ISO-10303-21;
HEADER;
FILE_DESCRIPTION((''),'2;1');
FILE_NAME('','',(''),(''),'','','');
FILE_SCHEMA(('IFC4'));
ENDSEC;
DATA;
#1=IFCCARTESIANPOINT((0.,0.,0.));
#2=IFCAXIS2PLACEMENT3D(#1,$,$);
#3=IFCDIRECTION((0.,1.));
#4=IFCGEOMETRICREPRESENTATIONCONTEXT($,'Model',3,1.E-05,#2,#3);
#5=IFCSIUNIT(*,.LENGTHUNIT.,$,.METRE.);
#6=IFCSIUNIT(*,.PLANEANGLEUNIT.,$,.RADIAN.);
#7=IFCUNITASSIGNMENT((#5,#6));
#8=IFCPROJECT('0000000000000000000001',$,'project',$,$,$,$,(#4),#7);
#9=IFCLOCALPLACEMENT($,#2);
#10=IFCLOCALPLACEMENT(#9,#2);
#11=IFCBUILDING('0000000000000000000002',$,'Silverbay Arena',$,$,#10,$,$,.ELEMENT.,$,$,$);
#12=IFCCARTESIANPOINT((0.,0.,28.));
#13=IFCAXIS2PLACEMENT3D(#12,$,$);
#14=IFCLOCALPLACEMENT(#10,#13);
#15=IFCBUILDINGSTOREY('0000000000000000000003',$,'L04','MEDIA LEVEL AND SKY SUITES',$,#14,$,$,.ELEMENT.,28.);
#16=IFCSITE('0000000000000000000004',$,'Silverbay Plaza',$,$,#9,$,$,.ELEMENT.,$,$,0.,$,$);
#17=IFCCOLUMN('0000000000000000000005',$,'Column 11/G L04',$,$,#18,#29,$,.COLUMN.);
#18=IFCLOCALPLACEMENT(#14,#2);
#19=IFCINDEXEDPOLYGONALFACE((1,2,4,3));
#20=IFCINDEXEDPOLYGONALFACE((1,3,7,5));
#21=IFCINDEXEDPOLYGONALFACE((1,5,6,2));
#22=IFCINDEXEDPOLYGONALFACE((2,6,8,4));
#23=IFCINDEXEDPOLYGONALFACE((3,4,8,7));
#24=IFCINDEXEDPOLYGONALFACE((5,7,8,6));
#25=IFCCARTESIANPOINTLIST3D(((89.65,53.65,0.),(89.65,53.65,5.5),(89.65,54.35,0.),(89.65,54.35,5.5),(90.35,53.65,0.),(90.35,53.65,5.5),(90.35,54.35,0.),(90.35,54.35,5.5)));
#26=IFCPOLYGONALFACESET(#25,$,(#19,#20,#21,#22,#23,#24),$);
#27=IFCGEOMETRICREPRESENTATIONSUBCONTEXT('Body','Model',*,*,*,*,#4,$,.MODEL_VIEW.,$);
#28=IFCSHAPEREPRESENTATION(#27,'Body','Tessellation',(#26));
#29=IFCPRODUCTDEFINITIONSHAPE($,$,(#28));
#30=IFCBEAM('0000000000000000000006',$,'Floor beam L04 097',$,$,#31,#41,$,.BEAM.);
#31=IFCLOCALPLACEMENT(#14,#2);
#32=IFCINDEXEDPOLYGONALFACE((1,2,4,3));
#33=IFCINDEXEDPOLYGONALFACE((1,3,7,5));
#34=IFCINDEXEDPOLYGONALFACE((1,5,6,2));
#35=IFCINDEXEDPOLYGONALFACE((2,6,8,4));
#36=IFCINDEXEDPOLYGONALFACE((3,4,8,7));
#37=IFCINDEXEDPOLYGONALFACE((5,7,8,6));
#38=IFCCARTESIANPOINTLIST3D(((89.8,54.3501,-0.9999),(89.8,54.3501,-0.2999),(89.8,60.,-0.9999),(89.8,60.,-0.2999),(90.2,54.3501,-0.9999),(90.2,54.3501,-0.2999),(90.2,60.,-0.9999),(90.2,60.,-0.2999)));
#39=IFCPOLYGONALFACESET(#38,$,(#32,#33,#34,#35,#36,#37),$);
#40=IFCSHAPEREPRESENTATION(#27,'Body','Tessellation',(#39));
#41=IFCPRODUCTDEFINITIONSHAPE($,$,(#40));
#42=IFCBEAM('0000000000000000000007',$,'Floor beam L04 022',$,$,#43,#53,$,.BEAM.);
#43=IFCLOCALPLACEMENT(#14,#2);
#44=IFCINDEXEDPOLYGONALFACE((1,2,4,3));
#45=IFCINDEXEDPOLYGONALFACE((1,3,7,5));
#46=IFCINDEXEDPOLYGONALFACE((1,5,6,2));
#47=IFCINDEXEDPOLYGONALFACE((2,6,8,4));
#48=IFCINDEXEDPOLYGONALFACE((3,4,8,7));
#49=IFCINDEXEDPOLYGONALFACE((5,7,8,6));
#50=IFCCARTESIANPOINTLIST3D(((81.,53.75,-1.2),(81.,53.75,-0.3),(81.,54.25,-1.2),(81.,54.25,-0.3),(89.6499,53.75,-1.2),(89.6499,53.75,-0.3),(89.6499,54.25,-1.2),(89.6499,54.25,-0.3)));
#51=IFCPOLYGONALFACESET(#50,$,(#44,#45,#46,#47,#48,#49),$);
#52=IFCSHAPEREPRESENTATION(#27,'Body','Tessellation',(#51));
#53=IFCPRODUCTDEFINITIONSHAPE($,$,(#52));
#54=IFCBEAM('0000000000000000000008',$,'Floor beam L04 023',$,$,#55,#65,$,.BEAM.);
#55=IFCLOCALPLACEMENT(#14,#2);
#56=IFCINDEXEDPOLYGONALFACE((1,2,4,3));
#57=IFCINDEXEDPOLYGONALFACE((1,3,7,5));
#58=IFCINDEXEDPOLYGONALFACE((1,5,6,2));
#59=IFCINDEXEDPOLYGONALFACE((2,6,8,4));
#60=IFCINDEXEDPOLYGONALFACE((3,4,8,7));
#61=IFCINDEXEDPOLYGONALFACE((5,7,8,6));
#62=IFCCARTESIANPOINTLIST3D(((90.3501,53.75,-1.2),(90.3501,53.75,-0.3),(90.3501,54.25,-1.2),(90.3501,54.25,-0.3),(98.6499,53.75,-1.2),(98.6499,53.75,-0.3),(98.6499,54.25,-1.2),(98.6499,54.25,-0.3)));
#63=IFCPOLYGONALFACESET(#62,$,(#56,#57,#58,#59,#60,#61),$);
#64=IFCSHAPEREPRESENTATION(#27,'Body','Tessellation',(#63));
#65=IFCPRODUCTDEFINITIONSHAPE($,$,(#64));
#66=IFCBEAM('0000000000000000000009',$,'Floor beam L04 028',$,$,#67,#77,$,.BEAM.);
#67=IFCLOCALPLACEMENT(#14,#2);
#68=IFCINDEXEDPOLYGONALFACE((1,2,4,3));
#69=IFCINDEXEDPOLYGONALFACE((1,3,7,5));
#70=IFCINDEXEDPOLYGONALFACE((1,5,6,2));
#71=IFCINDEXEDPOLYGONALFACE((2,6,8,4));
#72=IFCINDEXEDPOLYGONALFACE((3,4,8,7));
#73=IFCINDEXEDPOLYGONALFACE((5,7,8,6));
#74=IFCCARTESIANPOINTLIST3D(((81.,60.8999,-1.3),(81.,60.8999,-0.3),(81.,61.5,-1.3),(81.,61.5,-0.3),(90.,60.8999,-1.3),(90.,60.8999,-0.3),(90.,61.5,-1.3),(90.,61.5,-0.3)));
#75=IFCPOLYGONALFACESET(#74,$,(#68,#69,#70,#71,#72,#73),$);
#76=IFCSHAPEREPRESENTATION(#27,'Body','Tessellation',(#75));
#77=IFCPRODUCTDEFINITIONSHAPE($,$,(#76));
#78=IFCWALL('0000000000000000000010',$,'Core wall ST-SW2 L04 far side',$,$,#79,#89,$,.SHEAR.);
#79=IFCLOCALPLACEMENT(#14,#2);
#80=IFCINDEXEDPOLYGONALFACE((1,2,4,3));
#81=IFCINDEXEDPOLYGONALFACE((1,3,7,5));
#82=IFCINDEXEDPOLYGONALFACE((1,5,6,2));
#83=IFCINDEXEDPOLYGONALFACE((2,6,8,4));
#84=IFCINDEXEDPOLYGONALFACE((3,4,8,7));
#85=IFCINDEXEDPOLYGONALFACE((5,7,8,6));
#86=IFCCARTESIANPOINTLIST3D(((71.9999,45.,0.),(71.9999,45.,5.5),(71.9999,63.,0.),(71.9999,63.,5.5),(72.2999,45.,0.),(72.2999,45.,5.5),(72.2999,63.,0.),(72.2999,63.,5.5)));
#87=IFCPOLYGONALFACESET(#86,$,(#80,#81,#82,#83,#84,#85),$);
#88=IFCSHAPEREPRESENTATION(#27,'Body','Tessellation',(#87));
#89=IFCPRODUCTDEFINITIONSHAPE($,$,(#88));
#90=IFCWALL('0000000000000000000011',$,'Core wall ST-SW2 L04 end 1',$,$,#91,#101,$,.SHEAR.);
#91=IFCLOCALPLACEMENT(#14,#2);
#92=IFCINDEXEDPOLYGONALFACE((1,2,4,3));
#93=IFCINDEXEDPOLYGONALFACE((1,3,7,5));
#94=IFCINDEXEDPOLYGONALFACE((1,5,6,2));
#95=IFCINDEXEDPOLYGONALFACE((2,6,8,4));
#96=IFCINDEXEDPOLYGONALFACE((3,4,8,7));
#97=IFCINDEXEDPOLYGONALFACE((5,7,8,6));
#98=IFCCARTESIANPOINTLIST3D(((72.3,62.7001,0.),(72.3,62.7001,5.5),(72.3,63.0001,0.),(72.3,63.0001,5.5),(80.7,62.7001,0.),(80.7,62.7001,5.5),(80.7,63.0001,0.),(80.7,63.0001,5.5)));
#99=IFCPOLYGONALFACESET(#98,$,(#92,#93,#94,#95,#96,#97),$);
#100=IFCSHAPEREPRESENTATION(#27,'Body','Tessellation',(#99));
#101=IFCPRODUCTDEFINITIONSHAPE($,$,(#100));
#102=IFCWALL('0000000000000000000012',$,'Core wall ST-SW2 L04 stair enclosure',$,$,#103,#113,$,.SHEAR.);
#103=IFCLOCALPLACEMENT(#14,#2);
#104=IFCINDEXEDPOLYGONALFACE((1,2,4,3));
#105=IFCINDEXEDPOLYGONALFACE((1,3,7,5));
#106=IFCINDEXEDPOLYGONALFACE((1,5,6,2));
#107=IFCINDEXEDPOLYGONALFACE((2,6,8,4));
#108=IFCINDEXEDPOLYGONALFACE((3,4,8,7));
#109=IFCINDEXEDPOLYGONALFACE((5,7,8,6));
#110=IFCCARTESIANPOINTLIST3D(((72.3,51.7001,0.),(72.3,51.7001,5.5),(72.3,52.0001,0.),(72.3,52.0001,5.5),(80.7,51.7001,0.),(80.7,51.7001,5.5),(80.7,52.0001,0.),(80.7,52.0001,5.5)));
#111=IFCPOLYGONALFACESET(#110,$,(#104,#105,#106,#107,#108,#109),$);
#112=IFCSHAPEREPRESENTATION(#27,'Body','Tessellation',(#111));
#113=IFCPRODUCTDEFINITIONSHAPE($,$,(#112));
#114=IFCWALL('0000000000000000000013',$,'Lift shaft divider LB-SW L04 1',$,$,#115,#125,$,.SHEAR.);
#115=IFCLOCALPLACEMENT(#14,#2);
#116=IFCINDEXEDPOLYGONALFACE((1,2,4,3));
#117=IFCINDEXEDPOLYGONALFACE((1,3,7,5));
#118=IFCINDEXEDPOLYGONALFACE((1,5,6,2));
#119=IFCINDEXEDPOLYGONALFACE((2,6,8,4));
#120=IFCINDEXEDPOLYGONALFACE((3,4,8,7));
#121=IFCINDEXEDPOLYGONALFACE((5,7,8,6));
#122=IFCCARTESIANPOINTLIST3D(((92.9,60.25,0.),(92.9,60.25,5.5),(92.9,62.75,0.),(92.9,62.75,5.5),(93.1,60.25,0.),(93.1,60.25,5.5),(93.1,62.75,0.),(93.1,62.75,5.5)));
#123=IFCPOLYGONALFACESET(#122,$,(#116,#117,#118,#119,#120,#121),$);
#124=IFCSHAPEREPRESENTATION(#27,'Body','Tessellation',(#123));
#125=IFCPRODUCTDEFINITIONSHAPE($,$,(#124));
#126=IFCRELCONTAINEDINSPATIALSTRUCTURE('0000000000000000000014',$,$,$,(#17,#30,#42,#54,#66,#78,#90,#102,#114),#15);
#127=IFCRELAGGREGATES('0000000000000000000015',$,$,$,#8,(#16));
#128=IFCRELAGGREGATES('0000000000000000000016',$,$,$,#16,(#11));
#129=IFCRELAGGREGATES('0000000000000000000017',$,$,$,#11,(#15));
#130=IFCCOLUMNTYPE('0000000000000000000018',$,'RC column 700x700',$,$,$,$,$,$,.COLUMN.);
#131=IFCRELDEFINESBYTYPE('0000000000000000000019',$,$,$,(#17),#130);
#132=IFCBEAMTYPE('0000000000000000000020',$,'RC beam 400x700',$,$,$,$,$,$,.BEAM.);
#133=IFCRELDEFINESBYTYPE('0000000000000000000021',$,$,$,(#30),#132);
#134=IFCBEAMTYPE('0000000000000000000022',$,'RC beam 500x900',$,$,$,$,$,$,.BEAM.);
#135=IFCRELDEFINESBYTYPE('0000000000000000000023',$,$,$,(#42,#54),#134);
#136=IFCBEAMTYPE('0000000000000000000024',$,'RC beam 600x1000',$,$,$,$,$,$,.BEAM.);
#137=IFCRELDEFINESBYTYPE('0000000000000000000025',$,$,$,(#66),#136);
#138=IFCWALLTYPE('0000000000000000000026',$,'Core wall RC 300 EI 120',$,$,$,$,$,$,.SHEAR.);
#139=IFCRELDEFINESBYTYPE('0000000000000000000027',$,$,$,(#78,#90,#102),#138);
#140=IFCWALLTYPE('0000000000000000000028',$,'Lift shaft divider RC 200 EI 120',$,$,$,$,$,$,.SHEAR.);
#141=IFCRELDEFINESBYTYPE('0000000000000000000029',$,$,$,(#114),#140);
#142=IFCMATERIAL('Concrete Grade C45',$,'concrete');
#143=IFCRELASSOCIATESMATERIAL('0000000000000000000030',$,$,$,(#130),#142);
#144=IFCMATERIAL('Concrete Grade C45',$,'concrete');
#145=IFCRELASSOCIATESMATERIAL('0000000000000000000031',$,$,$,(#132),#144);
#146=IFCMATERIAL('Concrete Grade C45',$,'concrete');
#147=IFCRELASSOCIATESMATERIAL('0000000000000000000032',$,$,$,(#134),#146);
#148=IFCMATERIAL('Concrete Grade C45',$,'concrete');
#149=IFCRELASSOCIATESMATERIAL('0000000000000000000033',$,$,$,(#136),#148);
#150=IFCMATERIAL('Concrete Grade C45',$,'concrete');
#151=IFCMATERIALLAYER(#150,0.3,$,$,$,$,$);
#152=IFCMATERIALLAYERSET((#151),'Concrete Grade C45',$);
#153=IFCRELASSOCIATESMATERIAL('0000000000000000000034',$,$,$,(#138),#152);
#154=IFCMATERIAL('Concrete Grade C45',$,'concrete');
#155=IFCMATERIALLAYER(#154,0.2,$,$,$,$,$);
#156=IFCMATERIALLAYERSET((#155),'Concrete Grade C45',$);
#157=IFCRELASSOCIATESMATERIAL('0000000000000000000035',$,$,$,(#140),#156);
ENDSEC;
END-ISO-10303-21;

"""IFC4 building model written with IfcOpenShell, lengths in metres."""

from ifc_helpers import new_model, si_unit, direction, frame, frame_2d, origin, origin_2d, place, context, subcontext, project, spatial, rectangle, extrude, material, layer, layer_set, material_profile, profile_set, type_object, element, save


model = new_model("IFC4")

# Units and contexts
model_context = context("Model", 3, precision=1e-05, world=origin(), true_north=direction((0.0, 1.0)))
body_context = subcontext(model_context, "Body", "Model", "MODEL_VIEW")
ifc_project = project(units=[si_unit("LENGTHUNIT", "METRE"), si_unit("PLANEANGLEUNIT", "RADIAN")], contexts=[model_context])

# Site, building, storey
site_placement = place(None, origin())
site = spatial("IfcSite", under=ifc_project, at=site_placement, Name="Silverbay Plaza", CompositionType="ELEMENT", RefElevation=0.0)
building_placement = place(site_placement, origin())
building = spatial("IfcBuilding", under=site, at=building_placement, Name="Silverbay Arena", CompositionType="ELEMENT")
storey_placement = place(building_placement, frame((0.0, 0.0, 28.0)))
storey = spatial("IfcBuildingStorey", under=building, at=storey_placement, Name="L04", Description="MEDIA LEVEL AND SKY SUITES", CompositionType="ELEMENT", Elevation=28.0)

# Column
ifc_material_1 = material(Name="Concrete Grade C45", Category="concrete")
ifc_material_profile_1 = material_profile(ifc_material_1, rectangle(XDim=0.7, YDim=0.7, at=origin_2d()), Name="RC 700x700")
ifc_profile_set_1 = profile_set([ifc_material_profile_1], Name="Concrete Grade C45")
column_type = type_object("IfcColumnType", Name="RC column 700x700", PredefinedType="COLUMN", material=ifc_profile_set_1)
column_placement = place(storey_placement, frame((90.0, 54.0, 0.0), z_axis=(0.0, 0.0, 1.0), x_axis=(1.0, 0.0, 0.0)))
element("IfcColumn", 1, at=column_placement, inside=storey, type_object=column_type, Name="Column 11/G L04", PredefinedType="COLUMN", context=body_context, shape_type="SweptSolid", body=[
    extrude(rectangle(XDim=0.7, YDim=0.7, at=origin_2d()), origin(), (0.0, 0.0, 1.0), 5.5),
])

# Beams
ifc_material_2 = material(Name="Concrete Grade C45", Category="concrete")
ifc_material_profile_2 = material_profile(ifc_material_2, rectangle(XDim=0.3999, YDim=0.7, at=origin_2d()), Name="RC 400x700")
ifc_profile_set_2 = profile_set([ifc_material_profile_2], Name="Concrete Grade C45")
beam_type_1 = type_object("IfcBeamType", Name="RC beam 400x700", PredefinedType="BEAM", material=ifc_profile_set_2)
beam_1_placement = place(storey_placement, frame((90.0, 54.3501, -0.6499), z_axis=(0.0, 1.0, 0.0), x_axis=(-1.0, 0.0, 0.0)))
element("IfcBeam", 2, at=beam_1_placement, inside=storey, type_object=beam_type_1, Name="Floor beam L04 097", PredefinedType="BEAM", context=body_context, shape_type="SweptSolid", body=[
    extrude(rectangle(XDim=0.3999, YDim=0.7, at=origin_2d()), origin(), (0.0, 0.0, 1.0), 5.6499),
])
ifc_material_3 = material(Name="Concrete Grade C45", Category="concrete")
ifc_material_profile_3 = material_profile(ifc_material_3, rectangle(XDim=0.5, YDim=0.8999, at=origin_2d()), Name="RC 500x900")
ifc_profile_set_3 = profile_set([ifc_material_profile_3], Name="Concrete Grade C45")
beam_type_2 = type_object("IfcBeamType", Name="RC beam 500x900", PredefinedType="BEAM", material=ifc_profile_set_3)
beam_2_placement = place(storey_placement, frame((81.0, 54.0, -0.75), z_axis=(1.0, 0.0, 0.0), x_axis=(0.0, 1.0, 0.0)))
element("IfcBeam", 3, at=beam_2_placement, inside=storey, type_object=beam_type_2, Name="Floor beam L04 022", PredefinedType="BEAM", context=body_context, shape_type="SweptSolid", body=[
    extrude(rectangle(XDim=0.5, YDim=0.8999, at=origin_2d()), origin(), (0.0, 0.0, 1.0), 8.6499),
])
beam_3_placement = place(storey_placement, frame((90.3501, 54.0, -0.75), z_axis=(1.0, 0.0, 0.0), x_axis=(0.0, 1.0, 0.0)))
element("IfcBeam", 4, at=beam_3_placement, inside=storey, type_object=beam_type_2, Name="Floor beam L04 023", PredefinedType="BEAM", context=body_context, shape_type="SweptSolid", body=[
    extrude(rectangle(XDim=0.5, YDim=0.8999, at=origin_2d()), origin(), (0.0, 0.0, 1.0), 8.2998),
])
ifc_material_4 = material(Name="Concrete Grade C45", Category="concrete")
ifc_material_profile_4 = material_profile(ifc_material_4, rectangle(XDim=0.6001, YDim=1.0, at=origin_2d()), Name="RC 600x1000")
ifc_profile_set_4 = profile_set([ifc_material_profile_4], Name="Concrete Grade C45")
beam_type_3 = type_object("IfcBeamType", Name="RC beam 600x1000", PredefinedType="BEAM", material=ifc_profile_set_4)
beam_4_placement = place(storey_placement, frame((81.0, 61.2, -0.8), z_axis=(1.0, 0.0, 0.0), x_axis=(0.0, 1.0, 0.0)))
element("IfcBeam", 5, at=beam_4_placement, inside=storey, type_object=beam_type_3, Name="Floor beam L04 028", PredefinedType="BEAM", context=body_context, shape_type="SweptSolid", body=[
    extrude(rectangle(XDim=0.6001, YDim=1.0, at=origin_2d()), origin(), (0.0, 0.0, 1.0), 9.0),
])

# Walls
ifc_material_5 = material(Name="Concrete Grade C45", Category="concrete")
ifc_layer_1 = layer(ifc_material_5, 0.3)
ifc_layer_set_1 = layer_set([ifc_layer_1], Name="Concrete Grade C45")
wall_type_1 = type_object("IfcWallType", Name="Core wall RC 300 EI 120", PredefinedType="SHEAR", material=ifc_layer_set_1)
wall_1_placement = place(storey_placement, frame((72.1499, 63.0, 0.0), z_axis=(0.0, 0.0, 1.0), x_axis=(0.0, -1.0, 0.0)))
element("IfcWall", 6, at=wall_1_placement, inside=storey, type_object=wall_type_1, Name="Core wall ST-SW2 L04 far side", PredefinedType="SHEAR", context=body_context, shape_type="SweptSolid", body=[
    extrude(rectangle(XDim=18.0, YDim=0.3, at=frame_2d((9.0, 0.0))), origin(), (0.0, 0.0, 1.0), 5.5),
])
for number, where, z_axis, x_axis, name in (
    (7, (80.7, 62.8501, 0.0), (0.0, 0.0, 1.0), (-1.0, 0.0, 0.0), "Core wall ST-SW2 L04 end 1"),
    (8, (80.7, 51.8501, 0.0), (0.0, 0.0, 1.0), (-1.0, 0.0, 0.0), "Core wall ST-SW2 L04 stair enclosure"),
):
    element("IfcWall", number, at=place(storey_placement, frame(where, z_axis=z_axis, x_axis=x_axis)), inside=storey, type_object=wall_type_1, Name=name, PredefinedType="SHEAR", context=body_context, shape_type="SweptSolid", body=[
        extrude(rectangle(XDim=8.3999, YDim=0.3, at=frame_2d((4.2, 0.0))), origin(), (0.0, 0.0, 1.0), 5.5),
    ])
ifc_material_6 = material(Name="Concrete Grade C45", Category="concrete")
ifc_layer_2 = layer(ifc_material_6, 0.2)
ifc_layer_set_2 = layer_set([ifc_layer_2], Name="Concrete Grade C45")
wall_type_2 = type_object("IfcWallType", Name="Lift shaft divider RC 200 EI 120", PredefinedType="SHEAR", material=ifc_layer_set_2)
wall_2_placement = place(storey_placement, frame((93.0, 60.25, 0.0), z_axis=(0.0, 0.0, 1.0), x_axis=(0.0, 1.0, 0.0)))
element("IfcWall", 9, at=wall_2_placement, inside=storey, type_object=wall_type_2, Name="Lift shaft divider LB-SW L04 1", PredefinedType="SHEAR", context=body_context, shape_type="SweptSolid", body=[
    extrude(rectangle(XDim=2.5, YDim=0.2, at=frame_2d((1.25, 0.0))), origin(), (0.0, 0.0, 1.0), 5.5),
])

save(model, "model.ifc")
